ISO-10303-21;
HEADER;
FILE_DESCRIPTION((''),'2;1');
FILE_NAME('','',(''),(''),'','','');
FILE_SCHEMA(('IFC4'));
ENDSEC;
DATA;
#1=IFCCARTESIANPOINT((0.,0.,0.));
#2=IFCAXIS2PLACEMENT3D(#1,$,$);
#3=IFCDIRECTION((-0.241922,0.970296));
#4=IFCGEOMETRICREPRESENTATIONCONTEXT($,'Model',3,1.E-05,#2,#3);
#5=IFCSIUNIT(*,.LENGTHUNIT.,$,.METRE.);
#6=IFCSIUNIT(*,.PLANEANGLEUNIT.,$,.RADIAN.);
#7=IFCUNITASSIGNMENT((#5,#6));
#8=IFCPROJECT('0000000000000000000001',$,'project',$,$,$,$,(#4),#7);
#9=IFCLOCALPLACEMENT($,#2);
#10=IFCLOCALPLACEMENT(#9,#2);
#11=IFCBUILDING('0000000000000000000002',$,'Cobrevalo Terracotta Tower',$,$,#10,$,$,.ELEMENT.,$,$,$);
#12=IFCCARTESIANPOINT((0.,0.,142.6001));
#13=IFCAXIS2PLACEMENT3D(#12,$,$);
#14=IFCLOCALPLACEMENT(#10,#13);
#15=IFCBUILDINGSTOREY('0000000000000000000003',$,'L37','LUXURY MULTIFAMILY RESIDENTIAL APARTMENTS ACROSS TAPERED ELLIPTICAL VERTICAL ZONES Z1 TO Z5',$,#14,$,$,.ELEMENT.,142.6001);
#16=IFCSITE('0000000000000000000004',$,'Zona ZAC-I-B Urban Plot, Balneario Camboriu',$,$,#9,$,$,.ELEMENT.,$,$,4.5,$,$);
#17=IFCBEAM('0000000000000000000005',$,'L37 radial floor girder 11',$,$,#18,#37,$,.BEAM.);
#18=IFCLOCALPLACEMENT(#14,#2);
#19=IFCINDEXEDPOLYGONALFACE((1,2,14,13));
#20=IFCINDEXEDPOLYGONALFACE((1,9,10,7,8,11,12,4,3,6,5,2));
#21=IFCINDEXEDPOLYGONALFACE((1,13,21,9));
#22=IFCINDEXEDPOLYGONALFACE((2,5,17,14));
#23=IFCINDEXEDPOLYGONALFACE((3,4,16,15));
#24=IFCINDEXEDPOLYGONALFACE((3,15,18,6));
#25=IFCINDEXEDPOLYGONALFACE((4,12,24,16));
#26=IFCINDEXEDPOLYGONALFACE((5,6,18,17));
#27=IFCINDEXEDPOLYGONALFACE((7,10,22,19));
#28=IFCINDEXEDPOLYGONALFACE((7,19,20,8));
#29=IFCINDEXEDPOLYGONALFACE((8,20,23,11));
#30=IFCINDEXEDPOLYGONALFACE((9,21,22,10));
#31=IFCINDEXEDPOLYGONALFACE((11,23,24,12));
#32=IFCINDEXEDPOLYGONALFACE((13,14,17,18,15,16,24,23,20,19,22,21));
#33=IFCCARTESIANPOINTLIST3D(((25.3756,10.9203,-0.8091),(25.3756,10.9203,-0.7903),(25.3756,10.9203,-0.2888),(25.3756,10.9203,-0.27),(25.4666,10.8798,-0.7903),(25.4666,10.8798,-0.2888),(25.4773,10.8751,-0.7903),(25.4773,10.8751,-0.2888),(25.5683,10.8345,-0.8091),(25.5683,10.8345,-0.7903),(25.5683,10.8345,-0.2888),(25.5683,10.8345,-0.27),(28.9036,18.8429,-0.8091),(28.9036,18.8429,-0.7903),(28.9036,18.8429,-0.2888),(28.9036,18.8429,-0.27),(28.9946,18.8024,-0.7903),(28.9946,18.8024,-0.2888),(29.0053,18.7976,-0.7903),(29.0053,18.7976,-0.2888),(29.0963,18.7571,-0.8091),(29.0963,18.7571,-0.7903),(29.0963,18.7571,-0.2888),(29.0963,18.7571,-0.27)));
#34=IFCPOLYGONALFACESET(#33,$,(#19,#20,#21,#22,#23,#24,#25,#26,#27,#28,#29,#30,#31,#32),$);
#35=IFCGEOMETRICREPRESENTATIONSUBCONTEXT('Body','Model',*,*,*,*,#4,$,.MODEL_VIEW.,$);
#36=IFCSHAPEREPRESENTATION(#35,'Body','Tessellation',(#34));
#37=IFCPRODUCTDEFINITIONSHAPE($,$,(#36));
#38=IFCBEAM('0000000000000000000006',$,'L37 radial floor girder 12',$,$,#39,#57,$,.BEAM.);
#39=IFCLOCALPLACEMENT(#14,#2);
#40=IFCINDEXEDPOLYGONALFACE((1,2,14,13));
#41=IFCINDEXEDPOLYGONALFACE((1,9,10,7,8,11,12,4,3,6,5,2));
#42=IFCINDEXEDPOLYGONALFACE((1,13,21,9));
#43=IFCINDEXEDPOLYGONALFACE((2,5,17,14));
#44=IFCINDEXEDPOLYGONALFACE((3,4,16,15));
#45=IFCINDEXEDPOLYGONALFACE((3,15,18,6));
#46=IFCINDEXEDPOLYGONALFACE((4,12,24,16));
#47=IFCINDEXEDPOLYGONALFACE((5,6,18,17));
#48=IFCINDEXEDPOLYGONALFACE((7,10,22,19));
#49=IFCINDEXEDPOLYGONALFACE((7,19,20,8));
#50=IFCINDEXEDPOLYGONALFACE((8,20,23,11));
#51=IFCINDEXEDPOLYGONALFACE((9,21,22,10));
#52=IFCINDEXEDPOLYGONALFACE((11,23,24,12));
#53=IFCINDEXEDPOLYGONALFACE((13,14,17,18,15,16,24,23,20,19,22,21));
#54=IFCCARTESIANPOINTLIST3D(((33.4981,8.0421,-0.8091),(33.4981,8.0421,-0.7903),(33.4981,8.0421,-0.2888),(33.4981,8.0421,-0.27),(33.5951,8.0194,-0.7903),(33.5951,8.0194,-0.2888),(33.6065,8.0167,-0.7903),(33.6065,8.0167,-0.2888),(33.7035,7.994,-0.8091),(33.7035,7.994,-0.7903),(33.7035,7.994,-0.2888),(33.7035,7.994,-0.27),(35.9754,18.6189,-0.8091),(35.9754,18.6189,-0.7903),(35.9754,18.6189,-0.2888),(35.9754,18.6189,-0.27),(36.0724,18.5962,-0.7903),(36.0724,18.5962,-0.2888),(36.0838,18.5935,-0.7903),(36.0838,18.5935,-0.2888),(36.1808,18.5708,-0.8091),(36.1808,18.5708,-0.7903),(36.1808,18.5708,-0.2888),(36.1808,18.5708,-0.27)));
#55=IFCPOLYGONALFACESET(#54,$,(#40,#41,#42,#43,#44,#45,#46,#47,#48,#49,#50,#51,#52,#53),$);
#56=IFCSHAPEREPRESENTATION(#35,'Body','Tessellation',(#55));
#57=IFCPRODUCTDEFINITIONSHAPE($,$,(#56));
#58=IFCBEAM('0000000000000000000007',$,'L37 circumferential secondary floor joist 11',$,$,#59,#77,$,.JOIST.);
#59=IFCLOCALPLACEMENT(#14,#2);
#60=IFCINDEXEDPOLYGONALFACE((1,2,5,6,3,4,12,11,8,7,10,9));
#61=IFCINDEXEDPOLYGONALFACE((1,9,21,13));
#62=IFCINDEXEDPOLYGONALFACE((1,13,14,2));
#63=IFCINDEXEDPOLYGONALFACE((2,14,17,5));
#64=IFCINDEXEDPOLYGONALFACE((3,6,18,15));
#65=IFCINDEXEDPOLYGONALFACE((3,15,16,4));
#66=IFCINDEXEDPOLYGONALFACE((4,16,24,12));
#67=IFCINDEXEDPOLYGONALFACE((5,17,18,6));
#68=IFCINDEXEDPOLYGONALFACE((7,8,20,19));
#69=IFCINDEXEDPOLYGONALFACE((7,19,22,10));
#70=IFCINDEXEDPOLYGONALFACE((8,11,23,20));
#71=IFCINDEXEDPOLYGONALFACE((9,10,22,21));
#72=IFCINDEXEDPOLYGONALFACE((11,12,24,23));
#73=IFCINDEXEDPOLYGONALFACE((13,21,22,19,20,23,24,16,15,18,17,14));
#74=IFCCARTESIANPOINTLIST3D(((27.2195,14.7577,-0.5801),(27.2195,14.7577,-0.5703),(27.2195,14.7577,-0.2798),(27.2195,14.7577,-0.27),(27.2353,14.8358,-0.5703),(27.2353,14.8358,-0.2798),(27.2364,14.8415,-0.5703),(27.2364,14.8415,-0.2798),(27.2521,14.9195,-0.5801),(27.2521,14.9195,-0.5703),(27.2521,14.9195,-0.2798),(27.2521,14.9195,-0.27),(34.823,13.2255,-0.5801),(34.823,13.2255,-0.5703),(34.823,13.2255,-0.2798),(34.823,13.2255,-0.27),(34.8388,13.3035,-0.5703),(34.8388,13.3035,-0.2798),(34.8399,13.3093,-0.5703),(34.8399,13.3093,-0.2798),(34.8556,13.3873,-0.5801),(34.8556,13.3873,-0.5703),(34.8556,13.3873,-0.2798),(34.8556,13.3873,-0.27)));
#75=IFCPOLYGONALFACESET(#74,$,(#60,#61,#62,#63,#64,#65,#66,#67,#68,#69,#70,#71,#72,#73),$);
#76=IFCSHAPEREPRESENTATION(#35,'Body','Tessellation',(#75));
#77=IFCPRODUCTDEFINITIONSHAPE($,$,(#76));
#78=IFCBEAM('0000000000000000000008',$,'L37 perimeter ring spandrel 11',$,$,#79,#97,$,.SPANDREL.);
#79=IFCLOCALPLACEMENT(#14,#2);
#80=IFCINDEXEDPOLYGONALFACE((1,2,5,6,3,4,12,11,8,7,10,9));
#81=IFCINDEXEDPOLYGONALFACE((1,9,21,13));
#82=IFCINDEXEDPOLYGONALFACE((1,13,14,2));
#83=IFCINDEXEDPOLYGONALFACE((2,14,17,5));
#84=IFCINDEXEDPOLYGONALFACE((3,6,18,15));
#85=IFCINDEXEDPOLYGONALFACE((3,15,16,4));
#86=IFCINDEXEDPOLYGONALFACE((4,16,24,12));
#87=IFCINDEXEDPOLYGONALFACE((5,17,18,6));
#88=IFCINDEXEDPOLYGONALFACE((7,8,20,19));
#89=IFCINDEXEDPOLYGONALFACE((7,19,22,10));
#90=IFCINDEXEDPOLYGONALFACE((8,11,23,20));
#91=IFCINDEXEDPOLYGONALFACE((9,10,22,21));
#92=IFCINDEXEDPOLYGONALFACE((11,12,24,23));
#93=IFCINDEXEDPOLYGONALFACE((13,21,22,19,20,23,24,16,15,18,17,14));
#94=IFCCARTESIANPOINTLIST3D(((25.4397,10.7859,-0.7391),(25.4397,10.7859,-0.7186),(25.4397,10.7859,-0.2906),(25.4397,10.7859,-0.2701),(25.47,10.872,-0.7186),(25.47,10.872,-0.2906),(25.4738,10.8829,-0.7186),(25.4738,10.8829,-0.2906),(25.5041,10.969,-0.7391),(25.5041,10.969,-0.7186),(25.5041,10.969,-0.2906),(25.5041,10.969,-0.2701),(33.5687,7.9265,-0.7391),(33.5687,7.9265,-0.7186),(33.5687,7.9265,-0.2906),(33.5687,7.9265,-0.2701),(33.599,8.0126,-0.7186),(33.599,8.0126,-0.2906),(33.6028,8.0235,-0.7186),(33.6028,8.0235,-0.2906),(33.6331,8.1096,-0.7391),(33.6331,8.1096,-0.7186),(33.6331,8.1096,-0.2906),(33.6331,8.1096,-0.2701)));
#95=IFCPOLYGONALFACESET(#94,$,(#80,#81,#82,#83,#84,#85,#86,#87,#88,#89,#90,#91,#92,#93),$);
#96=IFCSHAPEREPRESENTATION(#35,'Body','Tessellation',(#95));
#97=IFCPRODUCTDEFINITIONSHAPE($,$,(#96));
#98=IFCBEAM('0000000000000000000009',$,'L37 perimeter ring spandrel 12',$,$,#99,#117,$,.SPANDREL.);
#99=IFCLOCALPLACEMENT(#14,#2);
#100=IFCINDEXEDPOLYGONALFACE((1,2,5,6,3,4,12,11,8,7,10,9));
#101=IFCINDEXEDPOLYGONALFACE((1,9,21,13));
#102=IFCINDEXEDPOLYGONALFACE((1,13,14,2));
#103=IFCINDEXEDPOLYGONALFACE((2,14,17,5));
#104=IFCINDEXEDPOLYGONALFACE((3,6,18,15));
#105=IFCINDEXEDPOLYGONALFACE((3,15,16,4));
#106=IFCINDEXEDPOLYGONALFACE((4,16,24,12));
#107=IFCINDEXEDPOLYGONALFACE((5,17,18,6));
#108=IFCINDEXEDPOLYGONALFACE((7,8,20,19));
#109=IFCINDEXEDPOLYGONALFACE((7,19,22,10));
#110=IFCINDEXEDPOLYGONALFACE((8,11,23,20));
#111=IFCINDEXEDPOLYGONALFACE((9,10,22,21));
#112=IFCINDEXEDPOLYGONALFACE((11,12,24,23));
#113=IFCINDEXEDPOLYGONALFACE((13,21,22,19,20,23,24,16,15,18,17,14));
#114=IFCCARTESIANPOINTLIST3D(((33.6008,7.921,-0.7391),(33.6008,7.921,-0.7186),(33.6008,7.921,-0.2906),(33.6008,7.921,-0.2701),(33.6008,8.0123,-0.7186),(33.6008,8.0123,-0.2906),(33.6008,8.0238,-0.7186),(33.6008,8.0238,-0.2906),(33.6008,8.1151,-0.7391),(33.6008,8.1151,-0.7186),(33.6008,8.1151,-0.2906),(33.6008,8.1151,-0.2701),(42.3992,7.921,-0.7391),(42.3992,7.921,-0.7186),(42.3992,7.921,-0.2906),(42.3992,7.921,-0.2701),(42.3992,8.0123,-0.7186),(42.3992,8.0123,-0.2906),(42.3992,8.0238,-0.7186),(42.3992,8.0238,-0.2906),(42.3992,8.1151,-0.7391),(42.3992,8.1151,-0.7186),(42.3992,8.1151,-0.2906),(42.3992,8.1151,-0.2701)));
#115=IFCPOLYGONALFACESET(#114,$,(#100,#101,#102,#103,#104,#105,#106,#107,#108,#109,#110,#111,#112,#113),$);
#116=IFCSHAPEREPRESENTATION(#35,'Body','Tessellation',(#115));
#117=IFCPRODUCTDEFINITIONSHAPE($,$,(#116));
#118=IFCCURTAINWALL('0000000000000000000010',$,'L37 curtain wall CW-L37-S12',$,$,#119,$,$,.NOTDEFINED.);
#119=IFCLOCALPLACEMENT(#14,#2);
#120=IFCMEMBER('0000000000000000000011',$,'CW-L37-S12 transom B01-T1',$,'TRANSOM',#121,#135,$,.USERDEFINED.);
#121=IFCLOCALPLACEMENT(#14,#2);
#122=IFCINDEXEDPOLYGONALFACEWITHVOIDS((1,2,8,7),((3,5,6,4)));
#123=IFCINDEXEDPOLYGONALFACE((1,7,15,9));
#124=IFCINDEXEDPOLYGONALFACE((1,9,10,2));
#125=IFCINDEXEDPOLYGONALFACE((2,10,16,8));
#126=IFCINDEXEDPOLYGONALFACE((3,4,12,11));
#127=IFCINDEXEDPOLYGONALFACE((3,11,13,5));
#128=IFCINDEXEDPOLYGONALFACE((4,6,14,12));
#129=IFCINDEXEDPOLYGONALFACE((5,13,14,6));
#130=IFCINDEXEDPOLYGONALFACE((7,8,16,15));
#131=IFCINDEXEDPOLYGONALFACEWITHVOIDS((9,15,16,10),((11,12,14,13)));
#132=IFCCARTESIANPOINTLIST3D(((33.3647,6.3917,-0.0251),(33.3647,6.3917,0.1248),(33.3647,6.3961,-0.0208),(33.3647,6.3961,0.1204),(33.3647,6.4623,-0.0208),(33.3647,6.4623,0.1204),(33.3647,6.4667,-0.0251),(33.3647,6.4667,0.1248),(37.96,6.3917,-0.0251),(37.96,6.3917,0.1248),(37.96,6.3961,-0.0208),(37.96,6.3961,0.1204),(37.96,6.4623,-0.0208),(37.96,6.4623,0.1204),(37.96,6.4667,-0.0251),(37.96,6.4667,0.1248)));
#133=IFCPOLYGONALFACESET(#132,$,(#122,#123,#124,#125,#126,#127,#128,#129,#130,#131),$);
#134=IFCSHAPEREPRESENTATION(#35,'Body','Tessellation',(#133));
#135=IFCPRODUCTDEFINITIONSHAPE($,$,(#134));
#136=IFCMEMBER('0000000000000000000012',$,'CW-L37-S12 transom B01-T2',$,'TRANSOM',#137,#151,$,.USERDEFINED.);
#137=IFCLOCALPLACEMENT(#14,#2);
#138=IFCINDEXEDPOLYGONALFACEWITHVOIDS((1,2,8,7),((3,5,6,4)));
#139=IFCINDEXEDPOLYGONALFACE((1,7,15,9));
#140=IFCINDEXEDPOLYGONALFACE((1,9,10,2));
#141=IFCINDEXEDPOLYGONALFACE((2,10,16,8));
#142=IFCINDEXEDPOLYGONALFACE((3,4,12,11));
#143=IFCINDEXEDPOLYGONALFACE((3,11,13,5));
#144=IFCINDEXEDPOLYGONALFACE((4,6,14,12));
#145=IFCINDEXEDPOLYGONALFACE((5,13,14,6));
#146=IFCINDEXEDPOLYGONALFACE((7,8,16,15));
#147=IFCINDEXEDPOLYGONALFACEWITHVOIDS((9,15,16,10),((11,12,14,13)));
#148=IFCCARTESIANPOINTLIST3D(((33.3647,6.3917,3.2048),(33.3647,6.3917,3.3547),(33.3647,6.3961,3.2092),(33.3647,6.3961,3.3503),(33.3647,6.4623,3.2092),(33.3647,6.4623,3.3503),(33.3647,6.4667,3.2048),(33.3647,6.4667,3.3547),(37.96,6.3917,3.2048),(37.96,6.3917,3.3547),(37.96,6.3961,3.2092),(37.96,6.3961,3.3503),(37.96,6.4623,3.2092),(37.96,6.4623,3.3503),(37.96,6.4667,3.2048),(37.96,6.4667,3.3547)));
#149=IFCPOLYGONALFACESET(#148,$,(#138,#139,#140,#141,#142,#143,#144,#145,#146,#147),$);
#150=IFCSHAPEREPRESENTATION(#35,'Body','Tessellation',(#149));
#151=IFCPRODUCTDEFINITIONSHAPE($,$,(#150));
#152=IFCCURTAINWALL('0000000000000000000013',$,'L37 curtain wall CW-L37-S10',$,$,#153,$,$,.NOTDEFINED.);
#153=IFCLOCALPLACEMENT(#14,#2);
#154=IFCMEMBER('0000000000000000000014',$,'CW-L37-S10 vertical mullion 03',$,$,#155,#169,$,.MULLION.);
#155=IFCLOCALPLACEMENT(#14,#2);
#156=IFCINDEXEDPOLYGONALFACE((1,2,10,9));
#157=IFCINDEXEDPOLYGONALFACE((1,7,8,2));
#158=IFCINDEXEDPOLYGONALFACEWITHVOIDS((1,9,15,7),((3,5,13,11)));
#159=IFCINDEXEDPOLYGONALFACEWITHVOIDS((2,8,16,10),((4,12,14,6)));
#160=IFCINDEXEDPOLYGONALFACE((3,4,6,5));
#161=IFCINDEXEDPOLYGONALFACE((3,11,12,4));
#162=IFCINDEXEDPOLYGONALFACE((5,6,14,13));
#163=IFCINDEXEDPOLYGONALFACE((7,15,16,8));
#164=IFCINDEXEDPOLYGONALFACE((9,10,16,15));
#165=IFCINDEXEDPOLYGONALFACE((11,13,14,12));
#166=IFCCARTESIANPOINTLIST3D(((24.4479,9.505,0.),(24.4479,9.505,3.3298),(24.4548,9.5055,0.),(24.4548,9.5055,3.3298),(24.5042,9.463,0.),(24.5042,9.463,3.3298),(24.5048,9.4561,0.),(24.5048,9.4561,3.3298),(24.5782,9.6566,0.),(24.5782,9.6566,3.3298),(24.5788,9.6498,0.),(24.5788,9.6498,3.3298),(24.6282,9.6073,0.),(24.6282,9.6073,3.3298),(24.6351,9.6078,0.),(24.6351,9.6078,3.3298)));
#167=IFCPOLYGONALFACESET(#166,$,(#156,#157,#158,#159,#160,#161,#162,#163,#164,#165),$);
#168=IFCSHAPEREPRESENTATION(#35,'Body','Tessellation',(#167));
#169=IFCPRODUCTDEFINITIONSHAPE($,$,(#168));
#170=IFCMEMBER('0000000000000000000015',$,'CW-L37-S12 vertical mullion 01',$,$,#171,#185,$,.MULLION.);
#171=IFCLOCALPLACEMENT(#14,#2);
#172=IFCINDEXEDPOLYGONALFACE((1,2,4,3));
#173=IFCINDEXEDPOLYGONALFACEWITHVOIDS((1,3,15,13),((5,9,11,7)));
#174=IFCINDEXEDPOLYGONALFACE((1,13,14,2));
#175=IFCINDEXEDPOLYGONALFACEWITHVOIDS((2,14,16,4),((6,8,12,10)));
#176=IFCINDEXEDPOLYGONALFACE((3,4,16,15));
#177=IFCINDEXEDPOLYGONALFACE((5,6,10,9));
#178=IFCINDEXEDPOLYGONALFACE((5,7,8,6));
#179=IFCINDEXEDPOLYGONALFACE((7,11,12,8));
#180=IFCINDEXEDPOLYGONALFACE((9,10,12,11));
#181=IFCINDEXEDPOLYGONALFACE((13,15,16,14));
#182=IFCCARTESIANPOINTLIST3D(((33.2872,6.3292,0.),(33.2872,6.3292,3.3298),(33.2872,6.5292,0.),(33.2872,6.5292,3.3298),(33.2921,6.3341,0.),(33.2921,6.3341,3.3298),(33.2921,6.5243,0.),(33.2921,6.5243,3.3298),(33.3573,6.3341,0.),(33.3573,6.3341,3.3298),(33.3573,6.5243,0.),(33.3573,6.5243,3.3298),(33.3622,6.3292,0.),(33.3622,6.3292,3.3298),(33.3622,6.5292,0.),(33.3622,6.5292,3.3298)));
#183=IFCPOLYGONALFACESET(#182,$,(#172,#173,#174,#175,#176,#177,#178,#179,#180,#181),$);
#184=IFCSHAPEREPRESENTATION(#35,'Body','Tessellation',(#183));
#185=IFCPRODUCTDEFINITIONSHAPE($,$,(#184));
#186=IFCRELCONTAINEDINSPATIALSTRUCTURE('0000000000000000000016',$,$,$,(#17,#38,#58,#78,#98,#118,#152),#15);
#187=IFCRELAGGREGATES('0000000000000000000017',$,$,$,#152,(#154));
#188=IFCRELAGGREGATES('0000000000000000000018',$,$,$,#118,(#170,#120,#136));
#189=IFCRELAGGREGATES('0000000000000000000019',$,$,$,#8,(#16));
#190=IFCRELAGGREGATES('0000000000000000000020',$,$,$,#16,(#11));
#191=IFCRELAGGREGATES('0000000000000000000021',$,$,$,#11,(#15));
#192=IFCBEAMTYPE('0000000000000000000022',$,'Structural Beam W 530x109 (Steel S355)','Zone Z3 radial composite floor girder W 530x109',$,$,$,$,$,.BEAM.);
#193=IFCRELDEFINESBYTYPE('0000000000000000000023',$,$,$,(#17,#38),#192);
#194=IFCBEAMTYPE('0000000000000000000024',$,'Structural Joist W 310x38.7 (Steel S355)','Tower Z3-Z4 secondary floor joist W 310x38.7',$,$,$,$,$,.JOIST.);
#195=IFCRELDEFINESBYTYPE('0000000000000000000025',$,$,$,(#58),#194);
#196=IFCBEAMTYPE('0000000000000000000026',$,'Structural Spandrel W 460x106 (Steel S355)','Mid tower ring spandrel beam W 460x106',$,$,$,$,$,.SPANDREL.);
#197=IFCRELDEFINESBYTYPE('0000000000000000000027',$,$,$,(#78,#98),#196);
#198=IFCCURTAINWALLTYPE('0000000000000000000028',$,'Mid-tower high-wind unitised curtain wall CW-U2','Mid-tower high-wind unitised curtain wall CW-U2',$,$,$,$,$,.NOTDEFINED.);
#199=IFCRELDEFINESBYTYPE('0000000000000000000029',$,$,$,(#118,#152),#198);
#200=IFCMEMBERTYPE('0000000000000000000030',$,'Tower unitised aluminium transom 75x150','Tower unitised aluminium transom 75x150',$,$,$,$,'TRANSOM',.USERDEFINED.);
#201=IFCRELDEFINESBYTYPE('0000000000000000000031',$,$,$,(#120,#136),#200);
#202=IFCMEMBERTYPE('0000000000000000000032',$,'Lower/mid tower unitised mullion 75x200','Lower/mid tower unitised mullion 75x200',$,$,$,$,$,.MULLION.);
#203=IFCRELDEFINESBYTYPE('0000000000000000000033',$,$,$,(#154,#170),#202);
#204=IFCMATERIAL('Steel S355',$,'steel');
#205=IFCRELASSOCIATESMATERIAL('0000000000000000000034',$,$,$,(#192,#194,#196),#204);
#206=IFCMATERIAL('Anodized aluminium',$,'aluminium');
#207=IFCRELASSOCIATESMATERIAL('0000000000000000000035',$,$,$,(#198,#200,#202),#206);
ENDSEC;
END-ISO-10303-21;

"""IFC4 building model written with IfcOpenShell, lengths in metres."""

from ifc_helpers import new_model, si_unit, direction, frame, origin, origin_2d, place, context, subcontext, project, spatial, hollow_rectangle, i_section, extrude, source, transform, mapped, material, material_profile, profile_set, type_object, element, aggregate, save


model = new_model("IFC4")

# Units and contexts
model_context = context("Model", 3, precision=1e-05, world=origin(), true_north=direction((-0.241922, 0.970296)))
body_context = subcontext(model_context, "Body", "Model", "MODEL_VIEW")
ifc_project = project(units=[si_unit("LENGTHUNIT", "METRE"), si_unit("PLANEANGLEUNIT", "RADIAN")], contexts=[model_context])

# Site, building, storey
site_placement = place(None, origin())
site = spatial("IfcSite", under=ifc_project, at=site_placement, Name="Zona ZAC-I-B Urban Plot, Balneario Camboriu", CompositionType="ELEMENT", RefElevation=4.5)
building_placement = place(site_placement, origin())
building = spatial("IfcBuilding", under=site, at=building_placement, Name="Cobrevalo Terracotta Tower", CompositionType="ELEMENT")
storey_placement = place(building_placement, frame((0.0, 0.0, 142.6001)))
storey = spatial("IfcBuildingStorey", under=building, at=storey_placement, Name="L37", Description="LUXURY MULTIFAMILY RESIDENTIAL APARTMENTS ACROSS TAPERED ELLIPTICAL VERTICAL ZONES Z1 TO Z5", CompositionType="ELEMENT", Elevation=142.6001)

# Shared definitions
ifc_material_1 = material(Name="Steel S355", Category="steel")

# Beams
ifc_material_profile_1 = material_profile(ifc_material_1, i_section(OverallWidth=0.2109, OverallDepth=0.5391, WebThickness=0.0117, FlangeThickness=0.0188, at=origin_2d()), Name="W 530x109")
ifc_profile_set_1 = profile_set([ifc_material_profile_1], Name="Steel S355")
beam_type_1 = type_object("IfcBeamType", Name="Structural Beam W 530x109 (Steel S355)", Description="Zone Z3 radial composite floor girder W 530x109", PredefinedType="BEAM", material=ifc_profile_set_1)
beam_1_placement = place(storey_placement, frame((25.4719, 10.8774, -0.5396), z_axis=(0.406804, 0.913515, 0.0), x_axis=(-0.913515, 0.406804, 0.0)))
element("IfcBeam", 1, at=beam_1_placement, inside=storey, type_object=beam_type_1, Name="L37 radial floor girder 11", PredefinedType="BEAM", context=body_context, shape_type="SweptSolid", body=[
    extrude(i_section(OverallWidth=0.2109, OverallDepth=0.5391, WebThickness=0.0117, FlangeThickness=0.0188, at=origin_2d()), origin(), (0.0, 0.0, 1.0), 8.6726),
])
beam_2_placement = place(storey_placement, frame((33.6008, 8.0181, -0.5396), z_axis=(0.228046, 0.97365, 0.0), x_axis=(-0.97365, 0.228046, 0.0)))
element("IfcBeam", 2, at=beam_2_placement, inside=storey, type_object=beam_type_1, Name="L37 radial floor girder 12", PredefinedType="BEAM", context=body_context, shape_type="SweptSolid", body=[
    extrude(i_section(OverallWidth=0.2109, OverallDepth=0.5391, WebThickness=0.0117, FlangeThickness=0.0188, at=origin_2d()), origin(), (0.0, 0.0, 1.0), 10.863),
])
ifc_material_profile_2 = material_profile(ifc_material_1, i_section(OverallWidth=0.165, OverallDepth=0.3101, WebThickness=0.0059, FlangeThickness=0.0098, at=origin_2d()), Name="W 310x38.7")
ifc_profile_set_2 = profile_set([ifc_material_profile_2], Name="Steel S355")
beam_type_2 = type_object("IfcBeamType", Name="Structural Joist W 310x38.7 (Steel S355)", Description="Tower Z3-Z4 secondary floor joist W 310x38.7", PredefinedType="JOIST", material=ifc_profile_set_2)
beam_3_placement = place(storey_placement, frame((27.2358, 14.8386, -0.425), z_axis=(0.980294, -0.197544, 0.0), x_axis=(0.197544, 0.980294, 0.0)))
element("IfcBeam", 3, at=beam_3_placement, inside=storey, type_object=beam_type_2, Name="L37 circumferential secondary floor joist 11", PredefinedType="JOIST", context=body_context, shape_type="SweptSolid", body=[
    extrude(i_section(OverallWidth=0.165, OverallDepth=0.3101, WebThickness=0.0059, FlangeThickness=0.0098, at=origin_2d()), origin(), (0.0, 0.0, 1.0), 7.7563),
])
ifc_material_profile_3 = material_profile(ifc_material_1, i_section(OverallWidth=0.1941, OverallDepth=0.469, WebThickness=0.0115, FlangeThickness=0.0205, at=origin_2d()), Name="W 460x106")
ifc_profile_set_3 = profile_set([ifc_material_profile_3], Name="Steel S355")
beam_type_3 = type_object("IfcBeamType", Name="Structural Spandrel W 460x106 (Steel S355)", Description="Mid tower ring spandrel beam W 460x106", PredefinedType="SPANDREL", material=ifc_profile_set_3)
beam_4_placement = place(storey_placement, frame((25.4719, 10.8774, -0.5046), z_axis=(0.943341, -0.331824, 0.0), x_axis=(0.331824, 0.943341, 0.0)))
element("IfcBeam", 4, at=beam_4_placement, inside=storey, type_object=beam_type_3, Name="L37 perimeter ring spandrel 11", PredefinedType="SPANDREL", context=body_context, shape_type="SweptSolid", body=[
    extrude(i_section(OverallWidth=0.1941, OverallDepth=0.469, WebThickness=0.0115, FlangeThickness=0.0205, at=origin_2d()), origin(), (0.0, 0.0, 1.0), 8.6172),
])
beam_5_placement = place(storey_placement, frame((33.6008, 8.0181, -0.5046), z_axis=(1.0, 0.0, 0.0), x_axis=(0.0, 1.0, 0.0)))
element("IfcBeam", 5, at=beam_5_placement, inside=storey, type_object=beam_type_3, Name="L37 perimeter ring spandrel 12", PredefinedType="SPANDREL", context=body_context, shape_type="SweptSolid", body=[
    extrude(i_section(OverallWidth=0.1941, OverallDepth=0.469, WebThickness=0.0115, FlangeThickness=0.0205, at=origin_2d()), origin(), (0.0, 0.0, 1.0), 8.7983),
])

# Curtain wall, members
ifc_material_2 = material(Name="Anodized aluminium", Category="aluminium")
curtain_wall_type = type_object("IfcCurtainWallType", Name="Mid-tower high-wind unitised curtain wall CW-U2", Description="Mid-tower high-wind unitised curtain wall CW-U2", PredefinedType="NOTDEFINED", material=ifc_material_2)
curtain_wall_1_placement = place(storey_placement, origin())
curtain_wall_1 = element("IfcCurtainWall", 6, at=curtain_wall_1_placement, inside=storey, type_object=curtain_wall_type, Name="L37 curtain wall CW-L37-S12", PredefinedType="NOTDEFINED")
ifc_material_profile_4 = material_profile(ifc_material_2, hollow_rectangle(XDim=0.075, YDim=0.1499, WallThickness=0.0044, at=origin_2d()), Name="CWT 75x150")
ifc_profile_set_4 = profile_set([ifc_material_profile_4], Name="Anodized aluminium")
member_type_1 = type_object("IfcMemberType", Name="Tower unitised aluminium transom 75x150", Description="Tower unitised aluminium transom 75x150", ElementType="TRANSOM", PredefinedType="USERDEFINED", material=ifc_profile_set_4)
shared_shape_1 = source(origin(), body_context, "Body", "SweptSolid", [
    extrude(hollow_rectangle(XDim=0.075, YDim=0.1499, WallThickness=0.0044, at=origin_2d()), origin(), (0.0, 0.0, 1.0), 4.5952),
])
member_1_placement = place(storey_placement, frame((33.3647, 6.4292, 0.0498), z_axis=(1.0, 0.0, 0.0), x_axis=(0.0, 1.0, 0.0)))
member_1 = element("IfcMember", 7, at=member_1_placement, type_object=member_type_1, Name="CW-L37-S12 transom B01-T1", ObjectType="TRANSOM", PredefinedType="USERDEFINED", context=body_context, shape_type="MappedRepresentation", body=[
    mapped(shared_shape_1, transform((0.0, 0.0, 0.0), scale=1.0)),
])
member_2_placement = place(storey_placement, frame((33.3647, 6.4292, 3.2798), z_axis=(1.0, 0.0, 0.0), x_axis=(0.0, 1.0, 0.0)))
member_2 = element("IfcMember", 8, at=member_2_placement, type_object=member_type_1, Name="CW-L37-S12 transom B01-T2", ObjectType="TRANSOM", PredefinedType="USERDEFINED", context=body_context, shape_type="MappedRepresentation", body=[
    mapped(shared_shape_1, transform((0.0, 0.0, 0.0), scale=1.0)),
])

# Curtain wall, member
curtain_wall_2_placement = place(storey_placement, origin())
curtain_wall_2 = element("IfcCurtainWall", 9, at=curtain_wall_2_placement, inside=storey, type_object=curtain_wall_type, Name="L37 curtain wall CW-L37-S10", PredefinedType="NOTDEFINED")
ifc_material_profile_5 = material_profile(ifc_material_2, hollow_rectangle(XDim=0.075, YDim=0.2, WallThickness=0.0049, at=origin_2d()), Name="CWM 75x200")
ifc_profile_set_5 = profile_set([ifc_material_profile_5], Name="Anodized aluminium")
member_type_2 = type_object("IfcMemberType", Name="Lower/mid tower unitised mullion 75x200", Description="Lower/mid tower unitised mullion 75x200", PredefinedType="MULLION", material=ifc_profile_set_5)
shared_shape_2 = source(origin(), body_context, "Body", "SweptSolid", [
    extrude(hollow_rectangle(XDim=0.075, YDim=0.2, WallThickness=0.0049, at=origin_2d()), origin(), (0.0, 0.0, 1.0), 3.3298),
])
member_3_placement = place(storey_placement, frame((24.5415, 9.5564, 0.0), z_axis=(0.0, 0.0, 1.0), x_axis=(0.758442, -0.651741, 0.0)))
member_3 = element("IfcMember", 10, at=member_3_placement, type_object=member_type_2, Name="CW-L37-S10 vertical mullion 03", PredefinedType="MULLION", context=body_context, shape_type="MappedRepresentation", body=[
    mapped(shared_shape_2, transform((0.0, 0.0, 0.0), scale=1.0)),
])
aggregate(curtain_wall_2, [member_3])

# Member
member_4_placement = place(storey_placement, frame((33.3247, 6.4292, 0.0), z_axis=(0.0, 0.0, 1.0), x_axis=(1.0, 0.0, 0.0)))
member_4 = element("IfcMember", 11, at=member_4_placement, type_object=member_type_2, Name="CW-L37-S12 vertical mullion 01", PredefinedType="MULLION", context=body_context, shape_type="MappedRepresentation", body=[
    mapped(shared_shape_2, transform((0.0, 0.0, 0.0), scale=1.0)),
])
aggregate(curtain_wall_1, [member_4, member_1, member_2])

save(model, "model.ifc")
